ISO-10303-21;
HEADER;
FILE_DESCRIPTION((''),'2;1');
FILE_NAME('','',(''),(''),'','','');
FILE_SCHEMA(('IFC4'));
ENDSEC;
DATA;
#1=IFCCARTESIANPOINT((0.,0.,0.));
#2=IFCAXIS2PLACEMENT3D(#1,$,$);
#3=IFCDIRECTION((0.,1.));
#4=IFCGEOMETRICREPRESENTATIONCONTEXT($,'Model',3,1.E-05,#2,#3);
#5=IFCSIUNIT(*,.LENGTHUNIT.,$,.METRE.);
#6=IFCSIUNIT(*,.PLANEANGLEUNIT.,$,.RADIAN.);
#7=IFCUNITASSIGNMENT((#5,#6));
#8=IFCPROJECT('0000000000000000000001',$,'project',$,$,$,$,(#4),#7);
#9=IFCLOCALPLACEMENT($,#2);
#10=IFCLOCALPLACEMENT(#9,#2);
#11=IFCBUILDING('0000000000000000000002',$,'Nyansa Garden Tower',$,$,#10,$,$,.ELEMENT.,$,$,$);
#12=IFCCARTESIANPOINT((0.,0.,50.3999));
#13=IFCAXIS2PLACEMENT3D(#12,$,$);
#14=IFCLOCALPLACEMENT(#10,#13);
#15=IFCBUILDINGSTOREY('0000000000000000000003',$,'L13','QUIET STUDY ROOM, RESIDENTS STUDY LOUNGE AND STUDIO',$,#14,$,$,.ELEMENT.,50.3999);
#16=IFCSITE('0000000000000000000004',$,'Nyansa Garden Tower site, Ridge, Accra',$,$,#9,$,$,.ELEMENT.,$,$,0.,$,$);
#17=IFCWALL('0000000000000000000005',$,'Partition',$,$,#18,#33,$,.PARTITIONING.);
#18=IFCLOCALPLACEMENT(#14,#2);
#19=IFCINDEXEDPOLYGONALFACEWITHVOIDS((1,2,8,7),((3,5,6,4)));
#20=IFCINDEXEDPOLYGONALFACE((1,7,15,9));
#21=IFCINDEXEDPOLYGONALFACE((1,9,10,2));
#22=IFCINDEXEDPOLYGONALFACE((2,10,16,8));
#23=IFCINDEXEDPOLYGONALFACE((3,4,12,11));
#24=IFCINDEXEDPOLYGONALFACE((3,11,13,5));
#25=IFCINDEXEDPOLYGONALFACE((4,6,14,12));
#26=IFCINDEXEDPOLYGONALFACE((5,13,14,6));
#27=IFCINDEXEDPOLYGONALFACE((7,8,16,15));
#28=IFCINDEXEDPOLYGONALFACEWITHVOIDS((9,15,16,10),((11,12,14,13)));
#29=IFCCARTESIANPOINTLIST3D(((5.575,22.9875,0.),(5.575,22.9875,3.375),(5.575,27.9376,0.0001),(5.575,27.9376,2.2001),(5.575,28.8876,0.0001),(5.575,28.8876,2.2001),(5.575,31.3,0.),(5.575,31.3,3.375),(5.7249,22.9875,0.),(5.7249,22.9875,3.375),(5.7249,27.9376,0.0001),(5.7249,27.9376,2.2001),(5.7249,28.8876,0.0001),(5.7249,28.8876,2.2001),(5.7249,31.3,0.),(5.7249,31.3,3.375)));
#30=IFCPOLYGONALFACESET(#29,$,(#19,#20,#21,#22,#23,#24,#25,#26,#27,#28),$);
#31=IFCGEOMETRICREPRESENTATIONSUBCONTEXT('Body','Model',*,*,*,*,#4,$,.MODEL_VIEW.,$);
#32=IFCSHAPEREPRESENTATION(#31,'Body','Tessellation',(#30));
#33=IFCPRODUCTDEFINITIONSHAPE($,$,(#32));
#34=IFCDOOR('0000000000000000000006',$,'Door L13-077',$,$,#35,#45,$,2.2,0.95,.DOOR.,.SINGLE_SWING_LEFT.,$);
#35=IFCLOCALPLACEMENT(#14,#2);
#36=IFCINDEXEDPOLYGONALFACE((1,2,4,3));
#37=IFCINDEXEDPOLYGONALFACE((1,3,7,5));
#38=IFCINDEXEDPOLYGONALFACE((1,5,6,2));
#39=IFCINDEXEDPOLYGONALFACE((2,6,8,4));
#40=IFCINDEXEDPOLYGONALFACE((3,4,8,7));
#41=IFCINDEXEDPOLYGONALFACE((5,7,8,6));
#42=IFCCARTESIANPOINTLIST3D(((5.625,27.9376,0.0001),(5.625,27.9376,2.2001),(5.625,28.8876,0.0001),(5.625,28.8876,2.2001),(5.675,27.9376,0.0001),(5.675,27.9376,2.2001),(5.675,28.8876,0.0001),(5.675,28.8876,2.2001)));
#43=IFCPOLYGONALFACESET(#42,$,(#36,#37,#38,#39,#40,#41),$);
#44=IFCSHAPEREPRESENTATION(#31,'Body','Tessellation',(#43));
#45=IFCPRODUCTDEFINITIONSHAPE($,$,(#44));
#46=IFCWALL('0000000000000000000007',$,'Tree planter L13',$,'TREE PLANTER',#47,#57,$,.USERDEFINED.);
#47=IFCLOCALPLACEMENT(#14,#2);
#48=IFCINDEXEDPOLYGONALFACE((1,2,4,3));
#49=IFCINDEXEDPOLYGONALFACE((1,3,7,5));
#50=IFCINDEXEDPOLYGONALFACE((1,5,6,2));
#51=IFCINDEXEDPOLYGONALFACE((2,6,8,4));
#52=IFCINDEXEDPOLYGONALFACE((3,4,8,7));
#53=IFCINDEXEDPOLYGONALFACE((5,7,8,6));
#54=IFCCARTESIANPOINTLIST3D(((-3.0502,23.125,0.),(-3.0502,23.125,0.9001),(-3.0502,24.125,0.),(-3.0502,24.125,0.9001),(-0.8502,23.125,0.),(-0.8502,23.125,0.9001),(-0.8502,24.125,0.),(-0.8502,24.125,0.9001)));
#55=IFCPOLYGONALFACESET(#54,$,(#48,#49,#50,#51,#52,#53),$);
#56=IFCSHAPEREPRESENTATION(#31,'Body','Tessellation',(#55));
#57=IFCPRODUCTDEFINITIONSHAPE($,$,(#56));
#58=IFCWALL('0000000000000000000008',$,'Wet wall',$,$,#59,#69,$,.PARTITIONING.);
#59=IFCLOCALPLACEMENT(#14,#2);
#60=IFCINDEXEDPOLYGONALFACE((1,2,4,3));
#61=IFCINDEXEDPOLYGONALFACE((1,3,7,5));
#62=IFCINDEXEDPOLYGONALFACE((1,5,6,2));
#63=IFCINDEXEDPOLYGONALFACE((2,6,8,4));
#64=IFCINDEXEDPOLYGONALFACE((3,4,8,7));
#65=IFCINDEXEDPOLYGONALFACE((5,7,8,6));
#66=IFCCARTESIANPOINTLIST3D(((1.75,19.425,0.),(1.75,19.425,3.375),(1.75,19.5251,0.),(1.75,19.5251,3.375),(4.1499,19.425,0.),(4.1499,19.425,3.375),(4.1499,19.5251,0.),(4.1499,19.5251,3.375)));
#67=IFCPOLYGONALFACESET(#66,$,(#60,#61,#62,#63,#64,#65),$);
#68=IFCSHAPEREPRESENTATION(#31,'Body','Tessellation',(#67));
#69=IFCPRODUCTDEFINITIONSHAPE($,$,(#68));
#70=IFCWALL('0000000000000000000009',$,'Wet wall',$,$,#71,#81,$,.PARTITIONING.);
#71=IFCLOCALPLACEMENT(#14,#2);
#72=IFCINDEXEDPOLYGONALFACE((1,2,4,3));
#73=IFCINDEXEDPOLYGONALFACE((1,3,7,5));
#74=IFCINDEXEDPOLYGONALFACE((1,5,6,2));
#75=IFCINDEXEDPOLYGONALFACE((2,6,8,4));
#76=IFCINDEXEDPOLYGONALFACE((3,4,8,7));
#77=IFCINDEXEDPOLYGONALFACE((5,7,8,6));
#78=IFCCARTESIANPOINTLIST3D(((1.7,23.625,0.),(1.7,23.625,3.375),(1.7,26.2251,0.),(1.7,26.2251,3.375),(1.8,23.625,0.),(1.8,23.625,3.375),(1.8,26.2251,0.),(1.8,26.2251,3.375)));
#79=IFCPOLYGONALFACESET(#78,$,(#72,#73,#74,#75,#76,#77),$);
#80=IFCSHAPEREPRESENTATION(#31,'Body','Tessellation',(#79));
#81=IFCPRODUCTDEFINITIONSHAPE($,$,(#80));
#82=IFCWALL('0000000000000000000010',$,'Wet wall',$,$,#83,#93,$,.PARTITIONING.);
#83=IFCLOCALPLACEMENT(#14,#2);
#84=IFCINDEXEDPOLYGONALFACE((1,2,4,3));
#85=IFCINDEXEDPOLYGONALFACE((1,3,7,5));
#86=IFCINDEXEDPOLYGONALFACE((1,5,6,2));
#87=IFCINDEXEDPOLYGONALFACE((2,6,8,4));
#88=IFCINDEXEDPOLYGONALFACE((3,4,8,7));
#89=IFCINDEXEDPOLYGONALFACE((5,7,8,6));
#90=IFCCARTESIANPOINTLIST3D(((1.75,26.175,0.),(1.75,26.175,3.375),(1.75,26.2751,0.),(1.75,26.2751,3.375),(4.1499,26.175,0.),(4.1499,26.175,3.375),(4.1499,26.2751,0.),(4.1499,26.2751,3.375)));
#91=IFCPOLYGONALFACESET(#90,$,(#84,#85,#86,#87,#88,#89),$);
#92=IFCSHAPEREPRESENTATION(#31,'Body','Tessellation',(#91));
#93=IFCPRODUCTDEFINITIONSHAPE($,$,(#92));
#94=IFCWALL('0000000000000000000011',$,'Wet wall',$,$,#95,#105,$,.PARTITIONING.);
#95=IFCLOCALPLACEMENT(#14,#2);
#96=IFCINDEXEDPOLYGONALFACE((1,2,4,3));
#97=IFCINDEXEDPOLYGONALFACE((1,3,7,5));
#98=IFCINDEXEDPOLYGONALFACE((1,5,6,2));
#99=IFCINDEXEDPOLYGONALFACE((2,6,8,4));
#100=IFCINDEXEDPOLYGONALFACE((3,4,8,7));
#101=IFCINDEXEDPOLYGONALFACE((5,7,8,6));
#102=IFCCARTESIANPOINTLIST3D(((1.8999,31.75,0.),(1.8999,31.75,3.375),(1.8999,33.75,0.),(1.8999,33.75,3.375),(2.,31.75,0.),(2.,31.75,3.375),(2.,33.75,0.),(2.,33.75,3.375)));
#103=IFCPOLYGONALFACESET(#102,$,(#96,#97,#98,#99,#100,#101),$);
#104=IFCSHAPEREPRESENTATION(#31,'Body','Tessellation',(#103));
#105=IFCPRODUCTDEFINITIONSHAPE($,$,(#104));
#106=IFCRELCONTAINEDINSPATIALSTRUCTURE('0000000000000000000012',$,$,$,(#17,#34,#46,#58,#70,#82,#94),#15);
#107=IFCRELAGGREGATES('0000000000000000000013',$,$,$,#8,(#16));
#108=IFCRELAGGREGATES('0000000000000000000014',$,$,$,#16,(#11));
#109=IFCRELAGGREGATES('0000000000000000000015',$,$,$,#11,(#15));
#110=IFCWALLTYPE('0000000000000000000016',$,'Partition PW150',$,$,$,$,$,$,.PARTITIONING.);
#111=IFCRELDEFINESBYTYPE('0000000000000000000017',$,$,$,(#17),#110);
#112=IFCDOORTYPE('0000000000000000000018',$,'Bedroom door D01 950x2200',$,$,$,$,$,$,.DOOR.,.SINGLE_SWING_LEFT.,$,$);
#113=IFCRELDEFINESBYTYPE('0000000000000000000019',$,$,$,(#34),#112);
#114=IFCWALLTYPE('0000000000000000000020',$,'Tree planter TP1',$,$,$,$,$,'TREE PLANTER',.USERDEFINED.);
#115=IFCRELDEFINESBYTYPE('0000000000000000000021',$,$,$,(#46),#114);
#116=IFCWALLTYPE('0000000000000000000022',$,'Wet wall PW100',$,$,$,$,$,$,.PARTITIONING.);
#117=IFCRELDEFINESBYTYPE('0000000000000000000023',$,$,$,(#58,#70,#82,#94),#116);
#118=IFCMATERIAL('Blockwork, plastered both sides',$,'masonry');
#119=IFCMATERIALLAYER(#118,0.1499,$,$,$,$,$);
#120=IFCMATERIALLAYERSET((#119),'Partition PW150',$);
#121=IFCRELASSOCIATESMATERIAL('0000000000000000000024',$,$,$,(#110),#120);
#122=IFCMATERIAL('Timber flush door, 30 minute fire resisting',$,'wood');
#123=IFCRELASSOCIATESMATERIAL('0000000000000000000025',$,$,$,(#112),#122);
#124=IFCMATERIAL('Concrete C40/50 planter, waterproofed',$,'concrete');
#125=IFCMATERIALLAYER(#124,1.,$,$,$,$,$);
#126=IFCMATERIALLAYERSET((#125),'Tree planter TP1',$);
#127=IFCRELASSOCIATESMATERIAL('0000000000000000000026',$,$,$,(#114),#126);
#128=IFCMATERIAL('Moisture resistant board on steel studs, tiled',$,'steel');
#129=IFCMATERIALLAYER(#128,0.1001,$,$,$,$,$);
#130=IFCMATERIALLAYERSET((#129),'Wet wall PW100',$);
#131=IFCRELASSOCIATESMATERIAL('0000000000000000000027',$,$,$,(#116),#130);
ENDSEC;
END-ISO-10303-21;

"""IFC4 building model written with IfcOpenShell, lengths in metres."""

from ifc_helpers import new_model, si_unit, direction, frame, frame_2d, origin, place, context, subcontext, project, spatial, rectangle, extrude, material, layer, layer_set, type_object, element, fill, save


model = new_model("IFC4")

# Units and contexts
model_context = context("Model", 3, precision=1e-05, world=origin(), true_north=direction((0.0, 1.0)))
body_context = subcontext(model_context, "Body", "Model", "MODEL_VIEW")
ifc_project = project(units=[si_unit("LENGTHUNIT", "METRE"), si_unit("PLANEANGLEUNIT", "RADIAN")], contexts=[model_context])

# Site, building, storey
site_placement = place(None, origin())
site = spatial("IfcSite", under=ifc_project, at=site_placement, Name="Nyansa Garden Tower site, Ridge, Accra", CompositionType="ELEMENT", RefElevation=0.0)
building_placement = place(site_placement, origin())
building = spatial("IfcBuilding", under=site, at=building_placement, Name="Nyansa Garden Tower", CompositionType="ELEMENT")
storey_placement = place(building_placement, frame((0.0, 0.0, 50.3999)))
storey = spatial("IfcBuildingStorey", under=building, at=storey_placement, Name="L13", Description="QUIET STUDY ROOM, RESIDENTS STUDY LOUNGE AND STUDIO", CompositionType="ELEMENT", Elevation=50.3999)

# Shared definitions
ifc_material_1 = material(Name="Blockwork, plastered both sides", Category="masonry")
ifc_layer_1 = layer(ifc_material_1, 0.1499)
ifc_layer_set_1 = layer_set([ifc_layer_1], Name="Partition PW150")
wall_type_1 = type_object("IfcWallType", Name="Partition PW150", PredefinedType="PARTITIONING", material=ifc_layer_set_1)

# Wall, opening, door
wall_1_placement = place(storey_placement, frame((5.6499, 22.9875, 0.0), z_axis=(0.0, 0.0, 1.0), x_axis=(0.0, 1.0, 0.0)))
wall_1 = element("IfcWall", 1, at=wall_1_placement, inside=storey, type_object=wall_type_1, Name="Partition", PredefinedType="PARTITIONING", context=body_context, shape_type="SweptSolid", body=[
    extrude(rectangle(XDim=8.3125, YDim=0.1499, at=frame_2d((4.1562, 0.0))), origin(), (0.0, 0.0, 1.0), 3.375),
])
opening_1_placement = place(wall_1_placement, frame((4.95, 0.0, 0.0)))
opening_1 = element("IfcOpeningElement", 2, at=opening_1_placement, cuts=wall_1, PredefinedType="OPENING", context=body_context, shape_type="SweptSolid", body=[
    extrude(rectangle(XDim=0.95, YDim=2.2, at=frame_2d((0.4751, 1.1001))), frame((0.0, 0.085, 0.0), z_axis=(0.0, -1.0, 0.0), x_axis=(1.0, 0.0, 0.0)), (0.0, 0.0, 1.0), 0.1699),
])
ifc_material_2 = material(Name="Timber flush door, 30 minute fire resisting", Category="wood")
door_type_1 = type_object("IfcDoorType", Name="Bedroom door D01 950x2200", OperationType="SINGLE_SWING_LEFT", PredefinedType="DOOR", material=ifc_material_2)
door_1_placement = place(opening_1_placement, origin())
door_1 = element("IfcDoor", 3, at=door_1_placement, inside=storey, type_object=door_type_1, Name="Door L13-077", OperationType="SINGLE_SWING_LEFT", OverallHeight=2.2, OverallWidth=0.95, PredefinedType="DOOR", context=body_context, shape_type="SweptSolid", body=[
    extrude(rectangle(XDim=0.95, YDim=2.2, at=frame_2d((0.4751, 1.1001))), frame((0.0, 0.0249, 0.0), z_axis=(0.0, -1.0, 0.0), x_axis=(1.0, 0.0, 0.0)), (0.0, 0.0, 1.0), 0.05),
])
fill(opening_1, door_1)

# Walls
ifc_material_3 = material(Name="Concrete C40/50 planter, waterproofed", Category="concrete")
ifc_layer_2 = layer(ifc_material_3, 1.0)
ifc_layer_set_2 = layer_set([ifc_layer_2], Name="Tree planter TP1")
wall_type_2 = type_object("IfcWallType", Name="Tree planter TP1", ElementType="TREE PLANTER", PredefinedType="USERDEFINED", material=ifc_layer_set_2)
wall_2_placement = place(storey_placement, frame((-0.8501, 23.625, 0.0), z_axis=(0.0, 0.0, 1.0), x_axis=(-1.0, 0.0, 0.0)))
element("IfcWall", 4, at=wall_2_placement, inside=storey, type_object=wall_type_2, Name="Tree planter L13", ObjectType="TREE PLANTER", PredefinedType="USERDEFINED", context=body_context, shape_type="SweptSolid", body=[
    extrude(rectangle(XDim=2.2, YDim=1.0, at=frame_2d((1.1001, 0.0))), origin(), (0.0, 0.0, 1.0), 0.9001),
])
ifc_material_4 = material(Name="Moisture resistant board on steel studs, tiled", Category="steel")
ifc_layer_3 = layer(ifc_material_4, 0.1001)
ifc_layer_set_3 = layer_set([ifc_layer_3], Name="Wet wall PW100")
wall_type_3 = type_object("IfcWallType", Name="Wet wall PW100", PredefinedType="PARTITIONING", material=ifc_layer_set_3)
wall_3_placement = place(storey_placement, frame((1.75, 19.4751, 0.0), z_axis=(0.0, 0.0, 1.0), x_axis=(1.0, 0.0, 0.0)))
element("IfcWall", 5, at=wall_3_placement, inside=storey, type_object=wall_type_3, Name="Wet wall", PredefinedType="PARTITIONING", context=body_context, shape_type="SweptSolid", body=[
    extrude(rectangle(XDim=2.3999, YDim=0.1001, at=frame_2d((1.2, 0.0))), origin(), (0.0, 0.0, 1.0), 3.375),
])
wall_4_placement = place(storey_placement, frame((1.75, 23.625, 0.0), z_axis=(0.0, 0.0, 1.0), x_axis=(0.0, 1.0, 0.0)))
element("IfcWall", 6, at=wall_4_placement, inside=storey, type_object=wall_type_3, Name="Wet wall", PredefinedType="PARTITIONING", context=body_context, shape_type="SweptSolid", body=[
    extrude(rectangle(XDim=2.6001, YDim=0.1001, at=frame_2d((1.3, 0.0))), origin(), (0.0, 0.0, 1.0), 3.375),
])
wall_5_placement = place(storey_placement, frame((1.75, 26.2251, 0.0), z_axis=(0.0, 0.0, 1.0), x_axis=(1.0, 0.0, 0.0)))
element("IfcWall", 7, at=wall_5_placement, inside=storey, type_object=wall_type_3, Name="Wet wall", PredefinedType="PARTITIONING", context=body_context, shape_type="SweptSolid", body=[
    extrude(rectangle(XDim=2.3999, YDim=0.1001, at=frame_2d((1.2, 0.0))), origin(), (0.0, 0.0, 1.0), 3.375),
])
wall_6_placement = place(storey_placement, frame((1.95, 31.75, 0.0), z_axis=(0.0, 0.0, 1.0), x_axis=(0.0, 1.0, 0.0)))
element("IfcWall", 8, at=wall_6_placement, inside=storey, type_object=wall_type_3, Name="Wet wall", PredefinedType="PARTITIONING", context=body_context, shape_type="SweptSolid", body=[
    extrude(rectangle(XDim=2.0, YDim=0.1001, at=frame_2d((1.0, 0.0))), origin(), (0.0, 0.0, 1.0), 3.375),
])

save(model, "model.ifc")
